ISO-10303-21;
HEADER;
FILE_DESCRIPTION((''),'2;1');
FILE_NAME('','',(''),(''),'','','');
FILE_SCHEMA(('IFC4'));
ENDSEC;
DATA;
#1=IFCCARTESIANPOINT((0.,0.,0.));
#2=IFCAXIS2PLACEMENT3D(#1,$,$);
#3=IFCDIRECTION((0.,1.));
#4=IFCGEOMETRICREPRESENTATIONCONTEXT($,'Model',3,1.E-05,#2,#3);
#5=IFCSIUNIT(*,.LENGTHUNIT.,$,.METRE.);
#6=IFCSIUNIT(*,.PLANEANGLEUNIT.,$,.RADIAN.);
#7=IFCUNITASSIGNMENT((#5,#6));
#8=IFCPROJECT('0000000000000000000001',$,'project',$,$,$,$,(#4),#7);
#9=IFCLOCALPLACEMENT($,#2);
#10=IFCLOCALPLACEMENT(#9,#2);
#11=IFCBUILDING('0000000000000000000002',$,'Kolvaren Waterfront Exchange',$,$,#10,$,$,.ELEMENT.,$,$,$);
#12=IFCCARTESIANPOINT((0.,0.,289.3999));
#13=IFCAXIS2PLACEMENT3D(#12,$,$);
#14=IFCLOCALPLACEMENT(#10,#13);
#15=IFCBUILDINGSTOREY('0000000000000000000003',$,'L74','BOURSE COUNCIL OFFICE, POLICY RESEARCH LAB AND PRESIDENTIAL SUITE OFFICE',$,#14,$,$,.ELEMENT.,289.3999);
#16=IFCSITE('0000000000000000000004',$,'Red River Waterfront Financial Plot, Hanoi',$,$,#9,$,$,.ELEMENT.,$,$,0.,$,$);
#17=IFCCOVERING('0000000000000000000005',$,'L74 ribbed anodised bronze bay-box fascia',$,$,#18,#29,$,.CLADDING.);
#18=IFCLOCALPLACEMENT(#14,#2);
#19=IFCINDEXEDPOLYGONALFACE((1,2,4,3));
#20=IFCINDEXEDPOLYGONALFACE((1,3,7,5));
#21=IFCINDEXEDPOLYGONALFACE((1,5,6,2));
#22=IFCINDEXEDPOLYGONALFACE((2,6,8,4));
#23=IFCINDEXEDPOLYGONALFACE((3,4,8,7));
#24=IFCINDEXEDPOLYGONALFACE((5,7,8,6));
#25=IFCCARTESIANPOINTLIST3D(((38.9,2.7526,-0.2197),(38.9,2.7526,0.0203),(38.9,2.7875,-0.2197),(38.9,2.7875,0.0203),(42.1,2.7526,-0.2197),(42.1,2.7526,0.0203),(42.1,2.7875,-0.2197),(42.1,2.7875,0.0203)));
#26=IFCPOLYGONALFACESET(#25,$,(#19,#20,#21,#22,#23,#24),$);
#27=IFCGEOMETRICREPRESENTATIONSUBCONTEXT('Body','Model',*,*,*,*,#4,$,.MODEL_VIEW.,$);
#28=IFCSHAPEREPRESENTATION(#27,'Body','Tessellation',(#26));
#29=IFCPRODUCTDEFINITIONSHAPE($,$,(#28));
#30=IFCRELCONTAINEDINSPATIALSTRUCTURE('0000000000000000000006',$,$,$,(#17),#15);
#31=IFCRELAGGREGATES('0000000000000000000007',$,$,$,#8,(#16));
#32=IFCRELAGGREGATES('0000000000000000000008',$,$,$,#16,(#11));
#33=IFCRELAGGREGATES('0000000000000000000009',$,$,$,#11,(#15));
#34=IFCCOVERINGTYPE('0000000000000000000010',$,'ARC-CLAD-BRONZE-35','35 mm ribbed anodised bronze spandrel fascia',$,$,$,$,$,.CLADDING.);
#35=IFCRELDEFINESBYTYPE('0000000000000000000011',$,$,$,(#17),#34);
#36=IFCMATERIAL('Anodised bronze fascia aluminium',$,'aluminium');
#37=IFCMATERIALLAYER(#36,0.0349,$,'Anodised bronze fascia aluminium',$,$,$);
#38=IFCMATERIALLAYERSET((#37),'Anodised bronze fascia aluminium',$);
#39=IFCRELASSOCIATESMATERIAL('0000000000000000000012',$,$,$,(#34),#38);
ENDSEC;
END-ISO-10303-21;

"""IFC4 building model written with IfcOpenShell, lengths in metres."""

from ifc_helpers import new_model, si_unit, direction, frame, origin, origin_2d, place, context, subcontext, project, spatial, rectangle, extrude, material, layer, layer_set, type_object, element, save


model = new_model("IFC4")

# Units and contexts
model_context = context("Model", 3, precision=1e-05, world=origin(), true_north=direction((0.0, 1.0)))
body_context = subcontext(model_context, "Body", "Model", "MODEL_VIEW")
ifc_project = project(units=[si_unit("LENGTHUNIT", "METRE"), si_unit("PLANEANGLEUNIT", "RADIAN")], contexts=[model_context])

# Site, building, storey
site_placement = place(None, origin())
site = spatial("IfcSite", under=ifc_project, at=site_placement, Name="Red River Waterfront Financial Plot, Hanoi", CompositionType="ELEMENT", RefElevation=0.0)
building_placement = place(site_placement, origin())
building = spatial("IfcBuilding", under=site, at=building_placement, Name="Kolvaren Waterfront Exchange", CompositionType="ELEMENT")
storey_placement = place(building_placement, frame((0.0, 0.0, 289.3999)))
storey = spatial("IfcBuildingStorey", under=building, at=storey_placement, Name="L74", Description="BOURSE COUNCIL OFFICE, POLICY RESEARCH LAB AND PRESIDENTIAL SUITE OFFICE", CompositionType="ELEMENT", Elevation=289.3999)

# Covering
ifc_material_1 = material(Name="Anodised bronze fascia aluminium", Category="aluminium")
ifc_layer_1 = layer(ifc_material_1, 0.0349, Name="Anodised bronze fascia aluminium")
ifc_layer_set_1 = layer_set([ifc_layer_1], Name="Anodised bronze fascia aluminium")
covering_type = type_object("IfcCoveringType", Name="ARC-CLAD-BRONZE-35", Description="35 mm ribbed anodised bronze spandrel fascia", PredefinedType="CLADDING", material=ifc_layer_set_1)
covering_placement = place(storey_placement, frame((40.5, 2.77, -0.2197), z_axis=(0.0, 0.0, 1.0), x_axis=(1.0, 0.0, 0.0)))
element("IfcCovering", 1, at=covering_placement, inside=storey, type_object=covering_type, Name="L74 ribbed anodised bronze bay-box fascia", PredefinedType="CLADDING", context=body_context, shape_type="SweptSolid", body=[
    extrude(rectangle(XDim=3.2, YDim=0.0349, at=origin_2d()), origin(), (0.0, 0.0, 1.0), 0.24),
])

save(model, "model.ifc")
